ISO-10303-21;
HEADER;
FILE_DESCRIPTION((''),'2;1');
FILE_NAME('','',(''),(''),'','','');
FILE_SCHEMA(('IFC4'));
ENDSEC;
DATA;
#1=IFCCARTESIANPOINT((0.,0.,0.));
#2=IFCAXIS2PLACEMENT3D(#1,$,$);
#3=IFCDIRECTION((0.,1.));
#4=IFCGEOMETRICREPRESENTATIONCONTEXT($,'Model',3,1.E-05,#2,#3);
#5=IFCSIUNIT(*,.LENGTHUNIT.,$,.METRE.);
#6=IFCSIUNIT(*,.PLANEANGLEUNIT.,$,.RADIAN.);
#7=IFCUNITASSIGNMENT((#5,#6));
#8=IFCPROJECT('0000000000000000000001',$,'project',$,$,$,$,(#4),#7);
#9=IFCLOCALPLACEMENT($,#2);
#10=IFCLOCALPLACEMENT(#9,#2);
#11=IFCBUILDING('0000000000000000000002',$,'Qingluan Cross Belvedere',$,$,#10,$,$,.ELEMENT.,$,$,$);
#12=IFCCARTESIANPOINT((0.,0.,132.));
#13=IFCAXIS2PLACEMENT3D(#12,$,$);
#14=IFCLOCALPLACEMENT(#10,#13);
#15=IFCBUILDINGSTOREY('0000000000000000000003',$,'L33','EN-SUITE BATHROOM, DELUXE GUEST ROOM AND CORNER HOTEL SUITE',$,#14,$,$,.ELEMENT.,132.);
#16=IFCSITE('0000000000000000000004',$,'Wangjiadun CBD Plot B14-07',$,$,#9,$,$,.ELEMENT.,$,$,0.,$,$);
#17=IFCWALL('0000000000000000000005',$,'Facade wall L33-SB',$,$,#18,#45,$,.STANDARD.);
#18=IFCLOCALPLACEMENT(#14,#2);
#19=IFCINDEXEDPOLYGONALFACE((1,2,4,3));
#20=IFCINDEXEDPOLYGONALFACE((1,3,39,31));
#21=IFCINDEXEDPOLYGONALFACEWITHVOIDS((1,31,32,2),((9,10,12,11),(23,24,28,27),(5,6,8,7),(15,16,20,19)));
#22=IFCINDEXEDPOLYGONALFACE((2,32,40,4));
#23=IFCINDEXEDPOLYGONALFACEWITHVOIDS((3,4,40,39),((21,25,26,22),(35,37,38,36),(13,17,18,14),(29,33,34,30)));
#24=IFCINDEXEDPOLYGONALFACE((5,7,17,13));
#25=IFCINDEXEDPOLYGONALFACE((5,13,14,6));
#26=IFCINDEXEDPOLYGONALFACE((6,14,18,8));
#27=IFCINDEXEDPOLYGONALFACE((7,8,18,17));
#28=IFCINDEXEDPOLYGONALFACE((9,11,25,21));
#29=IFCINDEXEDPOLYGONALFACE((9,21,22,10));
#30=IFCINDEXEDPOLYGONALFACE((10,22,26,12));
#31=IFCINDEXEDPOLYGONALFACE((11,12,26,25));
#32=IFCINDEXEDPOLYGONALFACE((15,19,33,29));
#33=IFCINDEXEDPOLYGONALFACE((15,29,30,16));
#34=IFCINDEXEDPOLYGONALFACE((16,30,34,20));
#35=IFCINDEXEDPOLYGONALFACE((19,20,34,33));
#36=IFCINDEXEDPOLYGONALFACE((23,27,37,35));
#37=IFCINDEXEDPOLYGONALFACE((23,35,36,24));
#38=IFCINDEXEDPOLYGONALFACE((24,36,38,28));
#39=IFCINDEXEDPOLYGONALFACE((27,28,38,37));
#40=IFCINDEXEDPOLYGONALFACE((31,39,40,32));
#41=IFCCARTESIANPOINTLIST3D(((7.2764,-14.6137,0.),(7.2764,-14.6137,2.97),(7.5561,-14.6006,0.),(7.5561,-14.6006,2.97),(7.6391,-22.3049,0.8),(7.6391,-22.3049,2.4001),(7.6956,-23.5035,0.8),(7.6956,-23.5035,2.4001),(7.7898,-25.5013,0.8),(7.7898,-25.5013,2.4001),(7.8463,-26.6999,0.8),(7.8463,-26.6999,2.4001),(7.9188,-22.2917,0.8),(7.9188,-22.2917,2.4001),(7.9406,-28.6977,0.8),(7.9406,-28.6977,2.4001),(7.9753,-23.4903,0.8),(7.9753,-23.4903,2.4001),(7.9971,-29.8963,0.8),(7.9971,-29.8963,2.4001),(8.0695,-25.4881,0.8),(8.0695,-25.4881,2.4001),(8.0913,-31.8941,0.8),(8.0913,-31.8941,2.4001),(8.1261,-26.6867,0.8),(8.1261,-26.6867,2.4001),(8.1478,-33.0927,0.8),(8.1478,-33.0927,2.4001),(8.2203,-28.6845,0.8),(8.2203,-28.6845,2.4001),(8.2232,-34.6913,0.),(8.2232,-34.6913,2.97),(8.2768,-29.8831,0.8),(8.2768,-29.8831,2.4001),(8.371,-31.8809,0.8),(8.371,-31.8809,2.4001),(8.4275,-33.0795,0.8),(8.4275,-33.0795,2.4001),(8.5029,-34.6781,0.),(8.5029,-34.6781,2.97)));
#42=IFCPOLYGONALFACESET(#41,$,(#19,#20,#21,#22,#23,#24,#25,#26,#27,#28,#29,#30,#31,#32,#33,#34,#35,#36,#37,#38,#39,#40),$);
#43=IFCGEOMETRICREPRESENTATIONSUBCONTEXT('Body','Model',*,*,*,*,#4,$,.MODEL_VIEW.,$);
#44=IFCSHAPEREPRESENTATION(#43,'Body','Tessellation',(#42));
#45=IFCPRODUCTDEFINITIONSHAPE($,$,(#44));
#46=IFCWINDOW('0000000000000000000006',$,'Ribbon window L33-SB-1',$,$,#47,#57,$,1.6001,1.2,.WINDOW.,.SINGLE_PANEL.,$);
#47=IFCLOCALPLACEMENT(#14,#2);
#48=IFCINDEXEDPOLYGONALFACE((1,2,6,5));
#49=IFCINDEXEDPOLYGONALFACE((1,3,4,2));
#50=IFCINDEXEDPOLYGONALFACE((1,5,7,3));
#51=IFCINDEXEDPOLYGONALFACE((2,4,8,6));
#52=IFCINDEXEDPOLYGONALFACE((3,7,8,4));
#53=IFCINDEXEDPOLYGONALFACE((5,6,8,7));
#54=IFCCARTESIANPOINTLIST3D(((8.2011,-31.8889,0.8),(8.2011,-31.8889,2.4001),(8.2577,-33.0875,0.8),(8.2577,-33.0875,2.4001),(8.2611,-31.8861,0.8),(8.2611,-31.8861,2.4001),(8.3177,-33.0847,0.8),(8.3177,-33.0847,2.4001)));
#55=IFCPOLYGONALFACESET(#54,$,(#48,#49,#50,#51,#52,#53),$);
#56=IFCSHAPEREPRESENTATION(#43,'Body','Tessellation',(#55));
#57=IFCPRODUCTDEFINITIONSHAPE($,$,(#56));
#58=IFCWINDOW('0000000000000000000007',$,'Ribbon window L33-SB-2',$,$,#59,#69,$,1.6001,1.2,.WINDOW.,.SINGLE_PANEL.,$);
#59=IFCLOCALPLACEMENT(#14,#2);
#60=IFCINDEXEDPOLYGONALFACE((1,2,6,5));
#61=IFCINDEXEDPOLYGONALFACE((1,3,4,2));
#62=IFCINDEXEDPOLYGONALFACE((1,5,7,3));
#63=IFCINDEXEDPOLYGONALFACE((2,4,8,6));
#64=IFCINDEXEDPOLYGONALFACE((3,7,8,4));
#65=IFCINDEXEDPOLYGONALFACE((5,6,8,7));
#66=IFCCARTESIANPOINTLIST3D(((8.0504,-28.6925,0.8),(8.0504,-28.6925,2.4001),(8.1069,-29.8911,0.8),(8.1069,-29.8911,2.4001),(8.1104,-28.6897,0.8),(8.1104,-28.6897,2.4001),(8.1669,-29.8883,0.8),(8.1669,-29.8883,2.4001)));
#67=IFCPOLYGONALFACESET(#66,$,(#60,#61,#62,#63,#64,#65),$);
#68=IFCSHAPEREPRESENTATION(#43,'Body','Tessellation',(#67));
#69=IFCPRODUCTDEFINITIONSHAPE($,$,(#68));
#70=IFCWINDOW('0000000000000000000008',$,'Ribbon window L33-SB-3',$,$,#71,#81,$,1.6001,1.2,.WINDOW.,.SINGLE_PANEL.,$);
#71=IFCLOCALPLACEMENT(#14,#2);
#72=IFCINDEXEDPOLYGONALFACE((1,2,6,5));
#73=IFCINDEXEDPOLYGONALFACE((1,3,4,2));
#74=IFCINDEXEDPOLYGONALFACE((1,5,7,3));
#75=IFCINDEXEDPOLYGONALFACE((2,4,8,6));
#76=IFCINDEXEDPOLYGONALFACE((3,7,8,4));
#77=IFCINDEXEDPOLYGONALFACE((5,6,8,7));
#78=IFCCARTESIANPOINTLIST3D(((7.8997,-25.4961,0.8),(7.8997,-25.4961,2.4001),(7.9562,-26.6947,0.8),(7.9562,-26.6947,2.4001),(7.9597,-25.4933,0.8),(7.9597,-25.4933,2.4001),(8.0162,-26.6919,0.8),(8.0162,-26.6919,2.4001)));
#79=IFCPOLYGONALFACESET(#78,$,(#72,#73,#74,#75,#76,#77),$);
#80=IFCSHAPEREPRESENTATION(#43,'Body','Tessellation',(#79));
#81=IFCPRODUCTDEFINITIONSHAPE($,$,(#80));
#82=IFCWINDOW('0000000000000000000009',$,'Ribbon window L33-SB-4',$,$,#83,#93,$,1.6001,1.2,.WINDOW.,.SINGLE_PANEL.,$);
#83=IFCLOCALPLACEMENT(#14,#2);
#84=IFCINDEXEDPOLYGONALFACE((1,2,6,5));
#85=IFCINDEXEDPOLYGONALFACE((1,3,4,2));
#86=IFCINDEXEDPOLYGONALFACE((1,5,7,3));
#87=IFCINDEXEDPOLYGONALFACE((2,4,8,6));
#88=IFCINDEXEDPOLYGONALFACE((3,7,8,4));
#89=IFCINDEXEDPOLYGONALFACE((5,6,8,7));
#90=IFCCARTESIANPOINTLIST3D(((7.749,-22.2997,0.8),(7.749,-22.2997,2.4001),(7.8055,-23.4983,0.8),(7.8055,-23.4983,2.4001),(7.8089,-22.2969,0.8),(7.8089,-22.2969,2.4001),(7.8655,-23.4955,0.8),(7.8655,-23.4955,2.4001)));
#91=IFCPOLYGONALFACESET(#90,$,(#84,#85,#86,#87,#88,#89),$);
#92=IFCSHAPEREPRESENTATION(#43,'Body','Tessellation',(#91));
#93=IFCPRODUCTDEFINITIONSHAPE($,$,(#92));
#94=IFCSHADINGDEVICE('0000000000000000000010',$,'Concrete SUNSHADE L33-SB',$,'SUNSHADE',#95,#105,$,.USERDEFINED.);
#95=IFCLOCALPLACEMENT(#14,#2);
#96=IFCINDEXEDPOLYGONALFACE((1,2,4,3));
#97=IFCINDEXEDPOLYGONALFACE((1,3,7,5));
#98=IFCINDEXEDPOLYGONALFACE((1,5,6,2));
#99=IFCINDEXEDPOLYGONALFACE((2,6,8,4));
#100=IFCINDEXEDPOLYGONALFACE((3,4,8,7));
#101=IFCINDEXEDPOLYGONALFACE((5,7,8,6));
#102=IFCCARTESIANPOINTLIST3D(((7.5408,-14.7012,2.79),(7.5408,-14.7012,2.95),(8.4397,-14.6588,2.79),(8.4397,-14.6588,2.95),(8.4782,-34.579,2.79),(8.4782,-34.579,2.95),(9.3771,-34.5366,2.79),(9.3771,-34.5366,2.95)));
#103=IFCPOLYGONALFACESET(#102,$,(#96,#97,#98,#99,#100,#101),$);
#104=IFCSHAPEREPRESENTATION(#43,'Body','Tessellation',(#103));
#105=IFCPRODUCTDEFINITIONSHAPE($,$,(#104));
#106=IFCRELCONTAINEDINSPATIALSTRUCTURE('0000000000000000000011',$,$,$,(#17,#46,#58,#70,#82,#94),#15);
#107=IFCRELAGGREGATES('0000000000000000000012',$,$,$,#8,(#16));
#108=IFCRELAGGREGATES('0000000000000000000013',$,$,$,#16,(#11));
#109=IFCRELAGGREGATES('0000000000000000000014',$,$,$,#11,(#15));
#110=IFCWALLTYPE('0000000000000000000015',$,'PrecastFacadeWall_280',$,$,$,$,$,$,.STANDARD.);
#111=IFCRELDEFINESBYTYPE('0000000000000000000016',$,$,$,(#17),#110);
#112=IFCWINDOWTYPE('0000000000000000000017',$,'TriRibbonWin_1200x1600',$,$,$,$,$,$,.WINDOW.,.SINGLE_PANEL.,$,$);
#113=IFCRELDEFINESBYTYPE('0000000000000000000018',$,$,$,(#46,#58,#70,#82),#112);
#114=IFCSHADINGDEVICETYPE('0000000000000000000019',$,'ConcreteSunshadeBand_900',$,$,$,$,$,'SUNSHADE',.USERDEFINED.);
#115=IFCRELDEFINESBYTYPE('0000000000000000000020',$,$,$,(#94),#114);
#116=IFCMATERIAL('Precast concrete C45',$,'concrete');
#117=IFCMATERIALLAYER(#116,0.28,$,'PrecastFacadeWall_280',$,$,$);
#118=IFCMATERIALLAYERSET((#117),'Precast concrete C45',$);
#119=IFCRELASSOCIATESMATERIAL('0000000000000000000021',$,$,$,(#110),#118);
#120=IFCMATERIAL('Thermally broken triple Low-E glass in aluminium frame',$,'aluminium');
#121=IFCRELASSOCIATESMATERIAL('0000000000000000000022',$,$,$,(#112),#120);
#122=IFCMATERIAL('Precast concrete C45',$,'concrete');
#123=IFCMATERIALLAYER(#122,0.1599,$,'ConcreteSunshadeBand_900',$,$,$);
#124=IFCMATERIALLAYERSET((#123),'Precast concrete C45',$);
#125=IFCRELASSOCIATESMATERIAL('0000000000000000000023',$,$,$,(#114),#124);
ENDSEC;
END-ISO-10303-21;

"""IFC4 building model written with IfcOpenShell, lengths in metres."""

from ifc_helpers import new_model, si_unit, direction, frame, frame_2d, origin, origin_2d, place, context, subcontext, project, spatial, rectangle, extrude, material, layer, layer_set, type_object, element, fill, save


model = new_model("IFC4")

# Units and contexts
model_context = context("Model", 3, precision=1e-05, world=origin(), true_north=direction((0.0, 1.0)))
body_context = subcontext(model_context, "Body", "Model", "MODEL_VIEW")
ifc_project = project(units=[si_unit("LENGTHUNIT", "METRE"), si_unit("PLANEANGLEUNIT", "RADIAN")], contexts=[model_context])

# Site, building, storey
site_placement = place(None, origin())
site = spatial("IfcSite", under=ifc_project, at=site_placement, Name="Wangjiadun CBD Plot B14-07", CompositionType="ELEMENT", RefElevation=0.0)
building_placement = place(site_placement, origin())
building = spatial("IfcBuilding", under=site, at=building_placement, Name="Qingluan Cross Belvedere", CompositionType="ELEMENT")
storey_placement = place(building_placement, frame((0.0, 0.0, 132.0)))
storey = spatial("IfcBuildingStorey", under=building, at=storey_placement, Name="L33", Description="EN-SUITE BATHROOM, DELUXE GUEST ROOM AND CORNER HOTEL SUITE", CompositionType="ELEMENT", Elevation=132.0)

# Wall, openings, windows
ifc_material_1 = material(Name="Precast concrete C45", Category="concrete")
ifc_layer_1 = layer(ifc_material_1, 0.28, Name="PrecastFacadeWall_280")
ifc_layer_set_1 = layer_set([ifc_layer_1], Name="Precast concrete C45")
wall_type_1 = type_object("IfcWallType", Name="PrecastFacadeWall_280", PredefinedType="STANDARD", material=ifc_layer_set_1)
wall_1_placement = place(storey_placement, frame((8.363, -34.6846, 0.0), z_axis=(0.0, 0.0, 1.0), x_axis=(-0.047103, 0.99889, 0.0)))
wall_1 = element("IfcWall", 1, at=wall_1_placement, inside=storey, type_object=wall_type_1, Name="Facade wall L33-SB", PredefinedType="STANDARD", context=body_context, shape_type="SweptSolid", body=[
    extrude(rectangle(XDim=20.0999, YDim=0.28, at=frame_2d((10.0498, 0.0))), origin(), (0.0, 0.0, 1.0), 2.97),
])
opening_1_placement = place(wall_1_placement, frame((1.6001, 0.0, 0.8)))
opening_1 = element("IfcOpeningElement", 2, at=opening_1_placement, cuts=wall_1, PredefinedType="OPENING", context=body_context, shape_type="SweptSolid", body=[
    extrude(rectangle(XDim=1.2, YDim=1.6001, at=frame_2d((0.6001, 0.8))), frame((0.0, 0.1499, 0.0), z_axis=(0.0, -1.0, 0.0), x_axis=(1.0, 0.0, 0.0)), (0.0, 0.0, 1.0), 0.3),
])
opening_2_placement = place(wall_1_placement, frame((4.8, 0.0, 0.8)))
opening_2 = element("IfcOpeningElement", 3, at=opening_2_placement, cuts=wall_1, PredefinedType="OPENING", context=body_context, shape_type="SweptSolid", body=[
    extrude(rectangle(XDim=1.2, YDim=1.6001, at=frame_2d((0.6001, 0.8))), frame((0.0, 0.1499, 0.0), z_axis=(0.0, -1.0, 0.0), x_axis=(1.0, 0.0, 0.0)), (0.0, 0.0, 1.0), 0.3),
])
opening_3_placement = place(wall_1_placement, frame((8.0, 0.0, 0.8)))
opening_3 = element("IfcOpeningElement", 4, at=opening_3_placement, cuts=wall_1, PredefinedType="OPENING", context=body_context, shape_type="SweptSolid", body=[
    extrude(rectangle(XDim=1.2, YDim=1.6001, at=frame_2d((0.6001, 0.8))), frame((0.0, 0.1499, 0.0), z_axis=(0.0, -1.0, 0.0), x_axis=(1.0, 0.0, 0.0)), (0.0, 0.0, 1.0), 0.3),
])
opening_4_placement = place(wall_1_placement, frame((11.2, 0.0, 0.8)))
opening_4 = element("IfcOpeningElement", 5, at=opening_4_placement, cuts=wall_1, PredefinedType="OPENING", context=body_context, shape_type="SweptSolid", body=[
    extrude(rectangle(XDim=1.2, YDim=1.6001, at=frame_2d((0.6001, 0.8))), frame((0.0, 0.1499, 0.0), z_axis=(0.0, -1.0, 0.0), x_axis=(1.0, 0.0, 0.0)), (0.0, 0.0, 1.0), 0.3),
])
ifc_material_2 = material(Name="Thermally broken triple Low-E glass in aluminium frame", Category="aluminium")
window_type = type_object("IfcWindowType", Name="TriRibbonWin_1200x1600", PartitioningType="SINGLE_PANEL", PredefinedType="WINDOW", material=ifc_material_2)
window_1_placement = place(opening_1_placement, origin())
window_1 = element("IfcWindow", 6, at=window_1_placement, inside=storey, type_object=window_type, Name="Ribbon window L33-SB-1", OverallHeight=1.6001, OverallWidth=1.2, PartitioningType="SINGLE_PANEL", PredefinedType="WINDOW", context=body_context, shape_type="SweptSolid", body=[
    extrude(rectangle(XDim=1.2, YDim=1.6001, at=frame_2d((0.6001, 0.8))), frame((0.0, 0.03, 0.0), z_axis=(0.0, -1.0, 0.0), x_axis=(1.0, 0.0, 0.0)), (0.0, 0.0, 1.0), 0.0601),
])
fill(opening_1, window_1)
window_2_placement = place(opening_2_placement, origin())
window_2 = element("IfcWindow", 7, at=window_2_placement, inside=storey, type_object=window_type, Name="Ribbon window L33-SB-2", OverallHeight=1.6001, OverallWidth=1.2, PartitioningType="SINGLE_PANEL", PredefinedType="WINDOW", context=body_context, shape_type="SweptSolid", body=[
    extrude(rectangle(XDim=1.2, YDim=1.6001, at=frame_2d((0.6001, 0.8))), frame((0.0, 0.03, 0.0), z_axis=(0.0, -1.0, 0.0), x_axis=(1.0, 0.0, 0.0)), (0.0, 0.0, 1.0), 0.0601),
])
fill(opening_2, window_2)
window_3_placement = place(opening_3_placement, origin())
window_3 = element("IfcWindow", 8, at=window_3_placement, inside=storey, type_object=window_type, Name="Ribbon window L33-SB-3", OverallHeight=1.6001, OverallWidth=1.2, PartitioningType="SINGLE_PANEL", PredefinedType="WINDOW", context=body_context, shape_type="SweptSolid", body=[
    extrude(rectangle(XDim=1.2, YDim=1.6001, at=frame_2d((0.6001, 0.8))), frame((0.0, 0.03, 0.0), z_axis=(0.0, -1.0, 0.0), x_axis=(1.0, 0.0, 0.0)), (0.0, 0.0, 1.0), 0.0601),
])
fill(opening_3, window_3)
window_4_placement = place(opening_4_placement, origin())
window_4 = element("IfcWindow", 9, at=window_4_placement, inside=storey, type_object=window_type, Name="Ribbon window L33-SB-4", OverallHeight=1.6001, OverallWidth=1.2, PartitioningType="SINGLE_PANEL", PredefinedType="WINDOW", context=body_context, shape_type="SweptSolid", body=[
    extrude(rectangle(XDim=1.2, YDim=1.6001, at=frame_2d((0.6001, 0.8))), frame((0.0, 0.03, 0.0), z_axis=(0.0, -1.0, 0.0), x_axis=(1.0, 0.0, 0.0)), (0.0, 0.0, 1.0), 0.0601),
])
fill(opening_4, window_4)

# Shading device
ifc_material_3 = material(Name="Precast concrete C45", Category="concrete")
ifc_layer_2 = layer(ifc_material_3, 0.1599, Name="ConcreteSunshadeBand_900")
ifc_layer_set_2 = layer_set([ifc_layer_2], Name="Precast concrete C45")
shading_device_type = type_object("IfcShadingDeviceType", Name="ConcreteSunshadeBand_900", ElementType="SUNSHADE", PredefinedType="USERDEFINED", material=ifc_layer_set_2)
shading_device_placement = place(storey_placement, frame((8.459, -24.6189, 2.79), z_axis=(0.0, 0.0, 1.0), x_axis=(-0.047105, 0.99889, 0.0)))
element("IfcShadingDevice", 10, at=shading_device_placement, inside=storey, type_object=shading_device_type, Name="Concrete SUNSHADE L33-SB", ObjectType="SUNSHADE", PredefinedType="USERDEFINED", context=body_context, shape_type="SweptSolid", body=[
    extrude(rectangle(XDim=19.8999, YDim=0.8999, at=origin_2d()), origin(), (0.0, 0.0, 1.0), 0.1599),
])

save(model, "model.ifc")
